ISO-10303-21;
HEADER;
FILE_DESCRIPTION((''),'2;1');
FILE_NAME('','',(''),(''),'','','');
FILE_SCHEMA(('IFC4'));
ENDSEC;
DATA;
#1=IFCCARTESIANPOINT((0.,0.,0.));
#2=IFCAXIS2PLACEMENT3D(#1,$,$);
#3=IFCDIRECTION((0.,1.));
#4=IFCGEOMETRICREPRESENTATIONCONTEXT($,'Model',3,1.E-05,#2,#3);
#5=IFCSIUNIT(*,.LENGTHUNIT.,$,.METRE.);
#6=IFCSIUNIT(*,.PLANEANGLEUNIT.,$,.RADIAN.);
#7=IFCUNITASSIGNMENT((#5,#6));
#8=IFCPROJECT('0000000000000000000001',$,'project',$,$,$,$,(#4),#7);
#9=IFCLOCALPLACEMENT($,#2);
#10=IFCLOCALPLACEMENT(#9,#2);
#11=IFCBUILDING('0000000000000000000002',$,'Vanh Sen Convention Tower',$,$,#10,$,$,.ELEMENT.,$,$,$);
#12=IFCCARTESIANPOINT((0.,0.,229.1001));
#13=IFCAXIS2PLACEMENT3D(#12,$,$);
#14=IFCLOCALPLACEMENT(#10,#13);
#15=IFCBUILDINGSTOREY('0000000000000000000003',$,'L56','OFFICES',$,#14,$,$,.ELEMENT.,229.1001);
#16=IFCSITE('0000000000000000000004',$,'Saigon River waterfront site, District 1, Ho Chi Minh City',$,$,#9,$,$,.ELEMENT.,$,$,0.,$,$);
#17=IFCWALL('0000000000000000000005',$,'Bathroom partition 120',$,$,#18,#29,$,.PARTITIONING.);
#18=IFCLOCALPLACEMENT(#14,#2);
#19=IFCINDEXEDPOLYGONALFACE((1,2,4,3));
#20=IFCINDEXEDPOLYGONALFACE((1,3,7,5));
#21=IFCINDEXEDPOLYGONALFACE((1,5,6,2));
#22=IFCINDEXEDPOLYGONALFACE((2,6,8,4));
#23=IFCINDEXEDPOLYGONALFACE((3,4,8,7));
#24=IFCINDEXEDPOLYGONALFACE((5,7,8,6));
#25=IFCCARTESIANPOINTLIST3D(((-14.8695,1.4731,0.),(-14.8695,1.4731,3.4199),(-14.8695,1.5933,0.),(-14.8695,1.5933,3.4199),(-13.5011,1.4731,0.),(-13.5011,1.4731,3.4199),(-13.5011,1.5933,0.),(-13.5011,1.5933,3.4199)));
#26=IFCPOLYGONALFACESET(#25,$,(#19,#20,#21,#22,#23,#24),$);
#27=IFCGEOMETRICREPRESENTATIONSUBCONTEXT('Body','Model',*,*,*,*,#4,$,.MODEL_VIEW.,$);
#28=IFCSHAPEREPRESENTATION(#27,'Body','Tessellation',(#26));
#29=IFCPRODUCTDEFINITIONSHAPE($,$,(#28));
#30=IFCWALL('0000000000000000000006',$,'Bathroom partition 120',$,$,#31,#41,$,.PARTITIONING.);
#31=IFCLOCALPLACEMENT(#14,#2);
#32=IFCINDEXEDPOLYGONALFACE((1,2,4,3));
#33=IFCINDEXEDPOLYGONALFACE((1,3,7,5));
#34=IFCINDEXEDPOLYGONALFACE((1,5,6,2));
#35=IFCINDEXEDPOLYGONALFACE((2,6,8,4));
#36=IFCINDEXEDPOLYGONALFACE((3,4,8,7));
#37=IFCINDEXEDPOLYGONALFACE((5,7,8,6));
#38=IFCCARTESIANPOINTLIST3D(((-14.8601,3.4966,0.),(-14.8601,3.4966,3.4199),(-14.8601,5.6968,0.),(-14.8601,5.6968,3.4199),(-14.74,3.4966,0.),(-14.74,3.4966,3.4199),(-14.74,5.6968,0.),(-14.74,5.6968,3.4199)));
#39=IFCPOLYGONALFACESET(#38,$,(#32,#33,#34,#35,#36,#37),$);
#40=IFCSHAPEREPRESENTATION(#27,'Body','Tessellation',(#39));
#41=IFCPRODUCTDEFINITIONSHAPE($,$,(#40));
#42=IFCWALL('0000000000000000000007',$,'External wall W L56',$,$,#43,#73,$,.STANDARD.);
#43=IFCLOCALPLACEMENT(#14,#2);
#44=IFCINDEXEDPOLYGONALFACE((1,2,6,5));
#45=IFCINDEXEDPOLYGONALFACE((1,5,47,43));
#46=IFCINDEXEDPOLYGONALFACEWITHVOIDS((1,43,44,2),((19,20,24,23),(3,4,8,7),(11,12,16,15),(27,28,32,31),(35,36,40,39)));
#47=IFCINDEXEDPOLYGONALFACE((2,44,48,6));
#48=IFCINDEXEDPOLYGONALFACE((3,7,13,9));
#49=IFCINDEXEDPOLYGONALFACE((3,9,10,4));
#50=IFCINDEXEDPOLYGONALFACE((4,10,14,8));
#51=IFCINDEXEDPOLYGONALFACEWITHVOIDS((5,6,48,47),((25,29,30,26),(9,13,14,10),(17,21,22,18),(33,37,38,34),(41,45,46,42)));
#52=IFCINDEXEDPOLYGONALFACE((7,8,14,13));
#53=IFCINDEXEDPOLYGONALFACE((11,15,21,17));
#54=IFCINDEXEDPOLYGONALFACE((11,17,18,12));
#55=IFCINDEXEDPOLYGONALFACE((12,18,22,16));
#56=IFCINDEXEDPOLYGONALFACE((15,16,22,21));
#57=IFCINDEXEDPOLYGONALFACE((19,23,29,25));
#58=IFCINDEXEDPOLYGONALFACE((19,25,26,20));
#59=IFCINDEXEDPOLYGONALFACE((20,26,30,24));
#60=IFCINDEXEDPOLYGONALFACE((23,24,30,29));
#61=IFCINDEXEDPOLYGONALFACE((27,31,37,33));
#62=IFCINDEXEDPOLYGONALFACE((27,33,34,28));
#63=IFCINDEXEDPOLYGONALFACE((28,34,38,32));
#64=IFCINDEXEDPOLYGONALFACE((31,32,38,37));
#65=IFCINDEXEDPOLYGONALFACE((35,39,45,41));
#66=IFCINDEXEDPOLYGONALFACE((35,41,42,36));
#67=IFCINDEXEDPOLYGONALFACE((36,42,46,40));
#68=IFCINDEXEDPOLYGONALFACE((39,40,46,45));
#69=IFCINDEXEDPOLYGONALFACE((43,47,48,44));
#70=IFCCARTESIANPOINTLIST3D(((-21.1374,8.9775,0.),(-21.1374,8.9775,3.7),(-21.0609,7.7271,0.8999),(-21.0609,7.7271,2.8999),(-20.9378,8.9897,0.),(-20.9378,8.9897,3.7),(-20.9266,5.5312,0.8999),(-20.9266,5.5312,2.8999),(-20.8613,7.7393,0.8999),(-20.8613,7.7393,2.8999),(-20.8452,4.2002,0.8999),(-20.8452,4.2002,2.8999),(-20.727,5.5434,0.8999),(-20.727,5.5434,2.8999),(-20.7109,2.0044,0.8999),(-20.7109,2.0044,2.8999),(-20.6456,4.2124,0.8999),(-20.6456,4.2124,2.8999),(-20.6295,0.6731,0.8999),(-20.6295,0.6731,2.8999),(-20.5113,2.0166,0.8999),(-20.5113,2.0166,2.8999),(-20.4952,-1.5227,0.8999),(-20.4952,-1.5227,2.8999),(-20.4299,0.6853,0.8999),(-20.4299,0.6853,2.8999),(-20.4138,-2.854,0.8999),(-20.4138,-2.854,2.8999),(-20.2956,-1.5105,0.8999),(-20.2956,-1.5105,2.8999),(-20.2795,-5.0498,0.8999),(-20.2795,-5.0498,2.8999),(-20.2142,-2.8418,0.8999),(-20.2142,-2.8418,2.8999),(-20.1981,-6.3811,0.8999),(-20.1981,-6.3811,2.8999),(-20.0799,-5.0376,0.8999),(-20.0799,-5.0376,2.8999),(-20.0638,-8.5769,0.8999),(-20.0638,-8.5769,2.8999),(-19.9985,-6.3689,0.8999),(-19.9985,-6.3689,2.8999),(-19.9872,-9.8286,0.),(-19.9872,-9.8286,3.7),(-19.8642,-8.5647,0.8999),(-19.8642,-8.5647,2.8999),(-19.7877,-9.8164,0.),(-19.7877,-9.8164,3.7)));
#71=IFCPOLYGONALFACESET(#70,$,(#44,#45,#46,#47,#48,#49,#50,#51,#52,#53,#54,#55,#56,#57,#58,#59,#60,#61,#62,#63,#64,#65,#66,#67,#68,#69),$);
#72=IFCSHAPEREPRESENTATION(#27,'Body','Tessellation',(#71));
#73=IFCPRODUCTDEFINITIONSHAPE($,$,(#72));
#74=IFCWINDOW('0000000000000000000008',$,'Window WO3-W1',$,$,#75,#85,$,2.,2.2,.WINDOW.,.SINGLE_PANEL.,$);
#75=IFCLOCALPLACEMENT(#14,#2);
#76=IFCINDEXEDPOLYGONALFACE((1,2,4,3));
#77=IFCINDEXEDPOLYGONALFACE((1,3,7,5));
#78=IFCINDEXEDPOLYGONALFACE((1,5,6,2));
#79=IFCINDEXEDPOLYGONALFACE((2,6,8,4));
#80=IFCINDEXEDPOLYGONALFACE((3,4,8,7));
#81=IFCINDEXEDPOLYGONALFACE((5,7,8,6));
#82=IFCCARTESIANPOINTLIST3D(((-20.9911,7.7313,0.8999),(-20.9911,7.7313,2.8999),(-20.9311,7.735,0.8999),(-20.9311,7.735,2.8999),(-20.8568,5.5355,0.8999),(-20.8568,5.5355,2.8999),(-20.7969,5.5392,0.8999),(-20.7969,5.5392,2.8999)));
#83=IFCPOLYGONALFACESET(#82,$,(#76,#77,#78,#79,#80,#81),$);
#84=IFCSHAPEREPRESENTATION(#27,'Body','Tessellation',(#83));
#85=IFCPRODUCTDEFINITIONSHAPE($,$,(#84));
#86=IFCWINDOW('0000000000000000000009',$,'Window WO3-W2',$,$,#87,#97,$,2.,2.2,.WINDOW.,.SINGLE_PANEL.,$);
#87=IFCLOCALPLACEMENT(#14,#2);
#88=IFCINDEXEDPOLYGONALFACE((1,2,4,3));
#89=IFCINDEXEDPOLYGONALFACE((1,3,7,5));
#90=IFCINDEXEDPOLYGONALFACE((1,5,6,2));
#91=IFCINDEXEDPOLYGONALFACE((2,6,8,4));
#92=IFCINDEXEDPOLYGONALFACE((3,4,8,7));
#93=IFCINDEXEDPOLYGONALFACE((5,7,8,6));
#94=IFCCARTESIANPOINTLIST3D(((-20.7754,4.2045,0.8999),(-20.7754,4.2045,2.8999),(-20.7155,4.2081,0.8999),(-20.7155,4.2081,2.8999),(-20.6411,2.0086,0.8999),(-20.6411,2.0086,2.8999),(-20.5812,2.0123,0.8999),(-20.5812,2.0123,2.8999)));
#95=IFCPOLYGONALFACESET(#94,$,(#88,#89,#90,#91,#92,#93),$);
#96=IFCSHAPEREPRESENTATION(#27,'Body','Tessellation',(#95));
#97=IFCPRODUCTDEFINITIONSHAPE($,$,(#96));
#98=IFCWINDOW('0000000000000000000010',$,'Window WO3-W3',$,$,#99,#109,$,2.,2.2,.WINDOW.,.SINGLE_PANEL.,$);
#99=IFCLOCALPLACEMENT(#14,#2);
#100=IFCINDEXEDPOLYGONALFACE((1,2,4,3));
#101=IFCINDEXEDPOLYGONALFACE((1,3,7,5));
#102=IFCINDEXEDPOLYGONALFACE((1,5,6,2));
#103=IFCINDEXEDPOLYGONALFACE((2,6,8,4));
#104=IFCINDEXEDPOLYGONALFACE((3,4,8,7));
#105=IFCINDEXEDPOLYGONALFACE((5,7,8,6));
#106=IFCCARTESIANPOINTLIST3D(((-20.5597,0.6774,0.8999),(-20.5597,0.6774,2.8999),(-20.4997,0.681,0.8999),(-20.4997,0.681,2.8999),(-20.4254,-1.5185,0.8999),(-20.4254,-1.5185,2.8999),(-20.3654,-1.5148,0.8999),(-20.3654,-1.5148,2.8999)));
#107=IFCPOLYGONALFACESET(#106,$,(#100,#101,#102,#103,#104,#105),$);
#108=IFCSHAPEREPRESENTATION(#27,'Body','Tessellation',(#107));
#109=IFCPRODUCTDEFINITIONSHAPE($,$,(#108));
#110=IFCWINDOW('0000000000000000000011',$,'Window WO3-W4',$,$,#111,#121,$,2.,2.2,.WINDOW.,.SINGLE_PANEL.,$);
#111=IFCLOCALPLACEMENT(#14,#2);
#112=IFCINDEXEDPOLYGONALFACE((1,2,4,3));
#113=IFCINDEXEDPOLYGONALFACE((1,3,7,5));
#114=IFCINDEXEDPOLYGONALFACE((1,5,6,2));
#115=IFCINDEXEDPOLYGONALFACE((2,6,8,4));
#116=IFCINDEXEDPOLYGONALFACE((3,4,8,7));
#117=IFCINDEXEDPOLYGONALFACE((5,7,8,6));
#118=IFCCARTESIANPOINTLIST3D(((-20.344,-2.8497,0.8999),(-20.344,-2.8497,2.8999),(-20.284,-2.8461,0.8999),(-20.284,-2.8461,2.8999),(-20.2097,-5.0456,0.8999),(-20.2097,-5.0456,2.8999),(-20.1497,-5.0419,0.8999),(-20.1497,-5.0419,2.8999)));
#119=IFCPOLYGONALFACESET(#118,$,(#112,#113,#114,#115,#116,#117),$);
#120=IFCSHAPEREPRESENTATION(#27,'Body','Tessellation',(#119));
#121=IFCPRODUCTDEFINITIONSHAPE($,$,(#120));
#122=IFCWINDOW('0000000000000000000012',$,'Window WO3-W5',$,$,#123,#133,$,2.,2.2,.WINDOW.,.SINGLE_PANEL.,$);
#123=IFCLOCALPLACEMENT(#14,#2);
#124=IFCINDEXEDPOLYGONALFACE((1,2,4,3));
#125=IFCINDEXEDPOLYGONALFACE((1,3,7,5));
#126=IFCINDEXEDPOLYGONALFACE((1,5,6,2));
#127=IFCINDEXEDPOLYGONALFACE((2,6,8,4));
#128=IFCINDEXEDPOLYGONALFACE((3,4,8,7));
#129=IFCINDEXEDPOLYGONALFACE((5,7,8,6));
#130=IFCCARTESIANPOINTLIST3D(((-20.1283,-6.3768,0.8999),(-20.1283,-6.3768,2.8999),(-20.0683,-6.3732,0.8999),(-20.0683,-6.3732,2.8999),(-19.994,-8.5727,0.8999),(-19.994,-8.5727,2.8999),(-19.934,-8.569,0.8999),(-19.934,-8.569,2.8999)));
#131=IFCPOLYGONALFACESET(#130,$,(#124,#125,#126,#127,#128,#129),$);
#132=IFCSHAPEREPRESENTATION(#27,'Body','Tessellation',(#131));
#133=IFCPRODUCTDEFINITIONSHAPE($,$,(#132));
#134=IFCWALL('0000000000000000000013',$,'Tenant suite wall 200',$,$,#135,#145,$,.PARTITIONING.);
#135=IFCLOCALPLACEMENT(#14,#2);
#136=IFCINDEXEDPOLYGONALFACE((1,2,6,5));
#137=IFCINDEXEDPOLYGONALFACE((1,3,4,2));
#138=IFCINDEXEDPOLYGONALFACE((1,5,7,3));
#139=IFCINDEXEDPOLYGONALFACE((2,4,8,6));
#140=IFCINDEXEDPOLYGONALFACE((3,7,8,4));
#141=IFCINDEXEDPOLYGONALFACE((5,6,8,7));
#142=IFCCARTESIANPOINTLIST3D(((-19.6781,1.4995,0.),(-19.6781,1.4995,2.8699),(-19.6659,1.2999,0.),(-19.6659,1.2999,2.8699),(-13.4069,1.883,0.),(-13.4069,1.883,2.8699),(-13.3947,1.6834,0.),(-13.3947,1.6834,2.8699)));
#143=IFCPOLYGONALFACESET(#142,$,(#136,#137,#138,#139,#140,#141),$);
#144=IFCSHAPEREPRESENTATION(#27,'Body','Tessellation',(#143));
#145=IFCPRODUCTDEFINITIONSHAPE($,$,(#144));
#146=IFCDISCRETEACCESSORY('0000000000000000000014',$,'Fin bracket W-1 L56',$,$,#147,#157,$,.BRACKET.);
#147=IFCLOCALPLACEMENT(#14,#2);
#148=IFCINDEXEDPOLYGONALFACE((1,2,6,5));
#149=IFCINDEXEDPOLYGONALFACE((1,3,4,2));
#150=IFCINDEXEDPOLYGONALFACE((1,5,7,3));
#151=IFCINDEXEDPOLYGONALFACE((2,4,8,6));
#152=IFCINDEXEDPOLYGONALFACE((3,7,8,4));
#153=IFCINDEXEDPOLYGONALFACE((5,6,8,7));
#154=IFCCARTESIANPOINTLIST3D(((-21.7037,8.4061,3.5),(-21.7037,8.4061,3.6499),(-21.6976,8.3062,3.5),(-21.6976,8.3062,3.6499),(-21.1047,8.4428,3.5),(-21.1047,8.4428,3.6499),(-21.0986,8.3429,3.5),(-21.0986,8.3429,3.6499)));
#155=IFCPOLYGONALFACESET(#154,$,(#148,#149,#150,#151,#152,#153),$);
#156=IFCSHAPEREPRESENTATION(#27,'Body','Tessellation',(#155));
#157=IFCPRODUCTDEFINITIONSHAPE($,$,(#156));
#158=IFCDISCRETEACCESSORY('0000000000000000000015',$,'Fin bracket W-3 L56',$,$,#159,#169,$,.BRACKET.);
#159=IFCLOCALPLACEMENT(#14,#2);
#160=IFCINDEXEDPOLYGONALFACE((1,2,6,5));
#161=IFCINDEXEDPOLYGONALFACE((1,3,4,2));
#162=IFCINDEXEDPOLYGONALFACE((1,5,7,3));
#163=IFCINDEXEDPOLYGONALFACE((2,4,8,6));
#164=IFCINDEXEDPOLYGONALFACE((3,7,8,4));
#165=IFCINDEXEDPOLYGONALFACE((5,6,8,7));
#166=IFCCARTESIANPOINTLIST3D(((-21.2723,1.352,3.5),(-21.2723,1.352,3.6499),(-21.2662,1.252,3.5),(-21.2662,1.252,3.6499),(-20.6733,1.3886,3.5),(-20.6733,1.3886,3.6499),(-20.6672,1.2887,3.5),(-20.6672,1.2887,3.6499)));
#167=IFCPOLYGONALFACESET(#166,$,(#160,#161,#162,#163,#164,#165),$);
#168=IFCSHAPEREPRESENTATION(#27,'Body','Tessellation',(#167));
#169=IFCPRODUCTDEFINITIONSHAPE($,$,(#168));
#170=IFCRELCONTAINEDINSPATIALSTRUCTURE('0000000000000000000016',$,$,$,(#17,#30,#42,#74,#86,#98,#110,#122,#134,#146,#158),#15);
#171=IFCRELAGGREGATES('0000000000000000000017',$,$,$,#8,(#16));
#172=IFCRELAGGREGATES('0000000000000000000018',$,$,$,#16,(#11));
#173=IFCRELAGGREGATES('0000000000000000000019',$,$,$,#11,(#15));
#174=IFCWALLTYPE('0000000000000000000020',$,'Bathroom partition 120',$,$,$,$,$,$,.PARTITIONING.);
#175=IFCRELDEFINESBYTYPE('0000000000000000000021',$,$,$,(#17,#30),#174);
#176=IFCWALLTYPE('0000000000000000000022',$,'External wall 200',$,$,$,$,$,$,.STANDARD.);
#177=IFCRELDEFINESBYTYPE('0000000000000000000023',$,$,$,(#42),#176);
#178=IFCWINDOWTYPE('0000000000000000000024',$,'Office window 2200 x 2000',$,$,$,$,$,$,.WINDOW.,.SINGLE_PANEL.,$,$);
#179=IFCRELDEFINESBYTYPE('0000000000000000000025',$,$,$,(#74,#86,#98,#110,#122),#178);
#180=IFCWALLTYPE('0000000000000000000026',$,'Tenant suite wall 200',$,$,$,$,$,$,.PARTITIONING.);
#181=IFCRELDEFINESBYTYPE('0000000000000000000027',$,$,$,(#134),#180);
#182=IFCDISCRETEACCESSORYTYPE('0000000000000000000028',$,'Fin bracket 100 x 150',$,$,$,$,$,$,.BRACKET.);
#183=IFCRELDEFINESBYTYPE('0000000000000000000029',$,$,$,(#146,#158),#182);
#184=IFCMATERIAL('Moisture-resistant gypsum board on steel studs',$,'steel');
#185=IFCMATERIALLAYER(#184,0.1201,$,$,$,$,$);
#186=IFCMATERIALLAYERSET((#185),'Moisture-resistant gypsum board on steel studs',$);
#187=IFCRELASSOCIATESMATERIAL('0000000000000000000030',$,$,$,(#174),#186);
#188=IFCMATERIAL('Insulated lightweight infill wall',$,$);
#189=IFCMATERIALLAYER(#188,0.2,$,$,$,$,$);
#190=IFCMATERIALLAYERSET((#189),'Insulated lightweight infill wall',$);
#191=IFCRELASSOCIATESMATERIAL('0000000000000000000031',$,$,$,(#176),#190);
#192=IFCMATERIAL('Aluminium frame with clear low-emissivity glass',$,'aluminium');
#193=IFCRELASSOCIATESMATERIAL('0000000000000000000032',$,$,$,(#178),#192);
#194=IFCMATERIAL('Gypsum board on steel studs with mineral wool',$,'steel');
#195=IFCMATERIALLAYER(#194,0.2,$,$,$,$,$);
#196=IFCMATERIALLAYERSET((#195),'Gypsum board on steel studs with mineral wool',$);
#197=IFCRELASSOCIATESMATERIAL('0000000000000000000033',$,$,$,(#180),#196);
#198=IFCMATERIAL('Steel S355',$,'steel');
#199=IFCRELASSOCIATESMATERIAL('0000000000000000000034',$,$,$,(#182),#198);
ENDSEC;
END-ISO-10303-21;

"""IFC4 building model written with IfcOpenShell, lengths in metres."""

from ifc_helpers import new_model, si_unit, direction, frame, frame_2d, origin, origin_2d, place, context, subcontext, project, spatial, rectangle, extrude, material, layer, layer_set, type_object, element, fill, save


model = new_model("IFC4")

# Units and contexts
model_context = context("Model", 3, precision=1e-05, world=origin(), true_north=direction((0.0, 1.0)))
body_context = subcontext(model_context, "Body", "Model", "MODEL_VIEW")
ifc_project = project(units=[si_unit("LENGTHUNIT", "METRE"), si_unit("PLANEANGLEUNIT", "RADIAN")], contexts=[model_context])

# Site, building, storey
site_placement = place(None, origin())
site = spatial("IfcSite", under=ifc_project, at=site_placement, Name="Saigon River waterfront site, District 1, Ho Chi Minh City", CompositionType="ELEMENT", RefElevation=0.0)
building_placement = place(site_placement, origin())
building = spatial("IfcBuilding", under=site, at=building_placement, Name="Vanh Sen Convention Tower", CompositionType="ELEMENT")
storey_placement = place(building_placement, frame((0.0, 0.0, 229.1001)))
storey = spatial("IfcBuildingStorey", under=building, at=storey_placement, Name="L56", Description="OFFICES", CompositionType="ELEMENT", Elevation=229.1001)

# Walls
ifc_material_1 = material(Name="Moisture-resistant gypsum board on steel studs", Category="steel")
ifc_layer_1 = layer(ifc_material_1, 0.1201)
ifc_layer_set_1 = layer_set([ifc_layer_1], Name="Moisture-resistant gypsum board on steel studs")
wall_type_1 = type_object("IfcWallType", Name="Bathroom partition 120", PredefinedType="PARTITIONING", material=ifc_layer_set_1)
wall_1_placement = place(storey_placement, frame((-14.8694, 1.5332, 0.0), z_axis=(0.0, 0.0, 1.0), x_axis=(1.0, 0.0, 0.0)))
element("IfcWall", 1, at=wall_1_placement, inside=storey, type_object=wall_type_1, Name="Bathroom partition 120", PredefinedType="PARTITIONING", context=body_context, shape_type="SweptSolid", body=[
    extrude(rectangle(XDim=1.3684, YDim=0.1201, at=frame_2d((0.6841, 0.0))), origin(), (0.0, 0.0, 1.0), 3.4199),
])
wall_2_placement = place(storey_placement, frame((-14.8, 3.4966, 0.0), z_axis=(0.0, 0.0, 1.0), x_axis=(0.0, 1.0, 0.0)))
element("IfcWall", 2, at=wall_2_placement, inside=storey, type_object=wall_type_1, Name="Bathroom partition 120", PredefinedType="PARTITIONING", context=body_context, shape_type="SweptSolid", body=[
    extrude(rectangle(XDim=2.2002, YDim=0.1201, at=frame_2d((1.1001, 0.0))), origin(), (0.0, 0.0, 1.0), 3.4199),
])

# Wall, openings, windows
ifc_material_2 = material(Name="Insulated lightweight infill wall")
ifc_layer_2 = layer(ifc_material_2, 0.2)
ifc_layer_set_2 = layer_set([ifc_layer_2], Name="Insulated lightweight infill wall")
wall_type_2 = type_object("IfcWallType", Name="External wall 200", PredefinedType="STANDARD", material=ifc_layer_set_2)
wall_3_placement = place(storey_placement, frame((-21.0376, 8.9836, 0.0), z_axis=(0.0, 0.0, 1.0), x_axis=(0.061044, -0.998135, 0.0)))
wall_3 = element("IfcWall", 3, at=wall_3_placement, inside=storey, type_object=wall_type_2, Name="External wall W L56", PredefinedType="STANDARD", context=body_context, shape_type="SweptSolid", body=[
    extrude(rectangle(XDim=18.8413, YDim=0.2, at=frame_2d((9.4207, 0.0))), origin(), (0.0, 0.0, 1.0), 3.7),
])
opening_1_placement = place(wall_3_placement, frame((1.2527, 0.0, 0.8999)))
opening_1 = element("IfcOpeningElement", 4, at=opening_1_placement, cuts=wall_3, PredefinedType="OPENING", context=body_context, shape_type="SweptSolid", body=[
    extrude(rectangle(XDim=2.2, YDim=2.0, at=frame_2d((1.1001, 1.0))), frame((0.0, 0.1099, 0.0), z_axis=(0.0, -1.0, 0.0), x_axis=(1.0, 0.0, 0.0)), (0.0, 0.0, 1.0), 0.22),
])
opening_2_placement = place(wall_3_placement, frame((4.7861, 0.0, 0.8999)))
opening_2 = element("IfcOpeningElement", 5, at=opening_2_placement, cuts=wall_3, PredefinedType="OPENING", context=body_context, shape_type="SweptSolid", body=[
    extrude(rectangle(XDim=2.2, YDim=2.0, at=frame_2d((1.1001, 1.0))), frame((0.0, 0.1099, 0.0), z_axis=(0.0, -1.0, 0.0), x_axis=(1.0, 0.0, 0.0)), (0.0, 0.0, 1.0), 0.22),
])
opening_3_placement = place(wall_3_placement, frame((8.3198, 0.0, 0.8999)))
opening_3 = element("IfcOpeningElement", 6, at=opening_3_placement, cuts=wall_3, PredefinedType="OPENING", context=body_context, shape_type="SweptSolid", body=[
    extrude(rectangle(XDim=2.2, YDim=2.0, at=frame_2d((1.1001, 1.0))), frame((0.0, 0.1099, 0.0), z_axis=(0.0, -1.0, 0.0), x_axis=(1.0, 0.0, 0.0)), (0.0, 0.0, 1.0), 0.22),
])
opening_4_placement = place(wall_3_placement, frame((11.8535, 0.0, 0.8999)))
opening_4 = element("IfcOpeningElement", 7, at=opening_4_placement, cuts=wall_3, PredefinedType="OPENING", context=body_context, shape_type="SweptSolid", body=[
    extrude(rectangle(XDim=2.2, YDim=2.0, at=frame_2d((1.1001, 1.0))), frame((0.0, 0.1099, 0.0), z_axis=(0.0, -1.0, 0.0), x_axis=(1.0, 0.0, 0.0)), (0.0, 0.0, 1.0), 0.22),
])
opening_5_placement = place(wall_3_placement, frame((15.3872, 0.0, 0.8999)))
opening_5 = element("IfcOpeningElement", 8, at=opening_5_placement, cuts=wall_3, PredefinedType="OPENING", context=body_context, shape_type="SweptSolid", body=[
    extrude(rectangle(XDim=2.2, YDim=2.0, at=frame_2d((1.1001, 1.0))), frame((0.0, 0.1099, 0.0), z_axis=(0.0, -1.0, 0.0), x_axis=(1.0, 0.0, 0.0)), (0.0, 0.0, 1.0), 0.22),
])
ifc_material_3 = material(Name="Aluminium frame with clear low-emissivity glass", Category="aluminium")
window_type = type_object("IfcWindowType", Name="Office window 2200 x 2000", PartitioningType="SINGLE_PANEL", PredefinedType="WINDOW", material=ifc_material_3)
window_1_placement = place(opening_1_placement, origin())
window_1 = element("IfcWindow", 9, at=window_1_placement, inside=storey, type_object=window_type, Name="Window WO3-W1", OverallHeight=2.0, OverallWidth=2.2, PartitioningType="SINGLE_PANEL", PredefinedType="WINDOW", context=body_context, shape_type="SweptSolid", body=[
    extrude(rectangle(XDim=2.2, YDim=2.0, at=frame_2d((1.1001, 1.0))), frame((0.0, 0.03, 0.0), z_axis=(0.0, -1.0, 0.0), x_axis=(1.0, 0.0, 0.0)), (0.0, 0.0, 1.0), 0.0601),
])
fill(opening_1, window_1)
window_2_placement = place(opening_2_placement, origin())
window_2 = element("IfcWindow", 10, at=window_2_placement, inside=storey, type_object=window_type, Name="Window WO3-W2", OverallHeight=2.0, OverallWidth=2.2, PartitioningType="SINGLE_PANEL", PredefinedType="WINDOW", context=body_context, shape_type="SweptSolid", body=[
    extrude(rectangle(XDim=2.2, YDim=2.0, at=frame_2d((1.1001, 1.0))), frame((0.0, 0.03, 0.0), z_axis=(0.0, -1.0, 0.0), x_axis=(1.0, 0.0, 0.0)), (0.0, 0.0, 1.0), 0.0601),
])
fill(opening_2, window_2)
window_3_placement = place(opening_3_placement, origin())
window_3 = element("IfcWindow", 11, at=window_3_placement, inside=storey, type_object=window_type, Name="Window WO3-W3", OverallHeight=2.0, OverallWidth=2.2, PartitioningType="SINGLE_PANEL", PredefinedType="WINDOW", context=body_context, shape_type="SweptSolid", body=[
    extrude(rectangle(XDim=2.2, YDim=2.0, at=frame_2d((1.1001, 1.0))), frame((0.0, 0.03, 0.0), z_axis=(0.0, -1.0, 0.0), x_axis=(1.0, 0.0, 0.0)), (0.0, 0.0, 1.0), 0.0601),
])
fill(opening_3, window_3)
window_4_placement = place(opening_4_placement, origin())
window_4 = element("IfcWindow", 12, at=window_4_placement, inside=storey, type_object=window_type, Name="Window WO3-W4", OverallHeight=2.0, OverallWidth=2.2, PartitioningType="SINGLE_PANEL", PredefinedType="WINDOW", context=body_context, shape_type="SweptSolid", body=[
    extrude(rectangle(XDim=2.2, YDim=2.0, at=frame_2d((1.1001, 1.0))), frame((0.0, 0.03, 0.0), z_axis=(0.0, -1.0, 0.0), x_axis=(1.0, 0.0, 0.0)), (0.0, 0.0, 1.0), 0.0601),
])
fill(opening_4, window_4)
window_5_placement = place(opening_5_placement, origin())
window_5 = element("IfcWindow", 13, at=window_5_placement, inside=storey, type_object=window_type, Name="Window WO3-W5", OverallHeight=2.0, OverallWidth=2.2, PartitioningType="SINGLE_PANEL", PredefinedType="WINDOW", context=body_context, shape_type="SweptSolid", body=[
    extrude(rectangle(XDim=2.2, YDim=2.0, at=frame_2d((1.1001, 1.0))), frame((0.0, 0.03, 0.0), z_axis=(0.0, -1.0, 0.0), x_axis=(1.0, 0.0, 0.0)), (0.0, 0.0, 1.0), 0.0601),
])
fill(opening_5, window_5)

# Wall
ifc_material_4 = material(Name="Gypsum board on steel studs with mineral wool", Category="steel")
ifc_layer_3 = layer(ifc_material_4, 0.2)
ifc_layer_set_3 = layer_set([ifc_layer_3], Name="Gypsum board on steel studs with mineral wool")
wall_type_3 = type_object("IfcWallType", Name="Tenant suite wall 200", PredefinedType="PARTITIONING", material=ifc_layer_set_3)
wall_4_placement = place(storey_placement, frame((-19.6721, 1.3997, 0.0), z_axis=(0.0, 0.0, 1.0), x_axis=(0.998135, 0.061045, 0.0)))
element("IfcWall", 14, at=wall_4_placement, inside=storey, type_object=wall_type_3, Name="Tenant suite wall 200", PredefinedType="PARTITIONING", context=body_context, shape_type="SweptSolid", body=[
    extrude(rectangle(XDim=6.283, YDim=0.2, at=frame_2d((3.1416, 0.0))), origin(), (0.0, 0.0, 1.0), 2.8699),
])

# Discrete accessories
ifc_material_5 = material(Name="Steel S355", Category="steel")
discrete_accessory_type = type_object("IfcDiscreteAccessoryType", Name="Fin bracket 100 x 150", PredefinedType="BRACKET", material=ifc_material_5)
for number, where, z_axis, x_axis, name in (
    (15, (-21.4011, 8.3745, 3.5), (0.0, 0.0, 1.0), (-0.998135, -0.061049, 0.0), "Fin bracket W-1 L56"),
    (16, (-20.9697, 1.3203, 3.5), (0.0, 0.0, 1.0), (-0.998135, -0.061049, 0.0), "Fin bracket W-3 L56"),
):
    element("IfcDiscreteAccessory", number, at=place(storey_placement, frame(where, z_axis=z_axis, x_axis=x_axis)), inside=storey, type_object=discrete_accessory_type, Name=name, PredefinedType="BRACKET", context=body_context, shape_type="SweptSolid", body=[
        extrude(rectangle(XDim=0.6001, YDim=0.1001, at=origin_2d()), origin(), (0.0, 0.0, 1.0), 0.1499),
    ])

save(model, "model.ifc")
